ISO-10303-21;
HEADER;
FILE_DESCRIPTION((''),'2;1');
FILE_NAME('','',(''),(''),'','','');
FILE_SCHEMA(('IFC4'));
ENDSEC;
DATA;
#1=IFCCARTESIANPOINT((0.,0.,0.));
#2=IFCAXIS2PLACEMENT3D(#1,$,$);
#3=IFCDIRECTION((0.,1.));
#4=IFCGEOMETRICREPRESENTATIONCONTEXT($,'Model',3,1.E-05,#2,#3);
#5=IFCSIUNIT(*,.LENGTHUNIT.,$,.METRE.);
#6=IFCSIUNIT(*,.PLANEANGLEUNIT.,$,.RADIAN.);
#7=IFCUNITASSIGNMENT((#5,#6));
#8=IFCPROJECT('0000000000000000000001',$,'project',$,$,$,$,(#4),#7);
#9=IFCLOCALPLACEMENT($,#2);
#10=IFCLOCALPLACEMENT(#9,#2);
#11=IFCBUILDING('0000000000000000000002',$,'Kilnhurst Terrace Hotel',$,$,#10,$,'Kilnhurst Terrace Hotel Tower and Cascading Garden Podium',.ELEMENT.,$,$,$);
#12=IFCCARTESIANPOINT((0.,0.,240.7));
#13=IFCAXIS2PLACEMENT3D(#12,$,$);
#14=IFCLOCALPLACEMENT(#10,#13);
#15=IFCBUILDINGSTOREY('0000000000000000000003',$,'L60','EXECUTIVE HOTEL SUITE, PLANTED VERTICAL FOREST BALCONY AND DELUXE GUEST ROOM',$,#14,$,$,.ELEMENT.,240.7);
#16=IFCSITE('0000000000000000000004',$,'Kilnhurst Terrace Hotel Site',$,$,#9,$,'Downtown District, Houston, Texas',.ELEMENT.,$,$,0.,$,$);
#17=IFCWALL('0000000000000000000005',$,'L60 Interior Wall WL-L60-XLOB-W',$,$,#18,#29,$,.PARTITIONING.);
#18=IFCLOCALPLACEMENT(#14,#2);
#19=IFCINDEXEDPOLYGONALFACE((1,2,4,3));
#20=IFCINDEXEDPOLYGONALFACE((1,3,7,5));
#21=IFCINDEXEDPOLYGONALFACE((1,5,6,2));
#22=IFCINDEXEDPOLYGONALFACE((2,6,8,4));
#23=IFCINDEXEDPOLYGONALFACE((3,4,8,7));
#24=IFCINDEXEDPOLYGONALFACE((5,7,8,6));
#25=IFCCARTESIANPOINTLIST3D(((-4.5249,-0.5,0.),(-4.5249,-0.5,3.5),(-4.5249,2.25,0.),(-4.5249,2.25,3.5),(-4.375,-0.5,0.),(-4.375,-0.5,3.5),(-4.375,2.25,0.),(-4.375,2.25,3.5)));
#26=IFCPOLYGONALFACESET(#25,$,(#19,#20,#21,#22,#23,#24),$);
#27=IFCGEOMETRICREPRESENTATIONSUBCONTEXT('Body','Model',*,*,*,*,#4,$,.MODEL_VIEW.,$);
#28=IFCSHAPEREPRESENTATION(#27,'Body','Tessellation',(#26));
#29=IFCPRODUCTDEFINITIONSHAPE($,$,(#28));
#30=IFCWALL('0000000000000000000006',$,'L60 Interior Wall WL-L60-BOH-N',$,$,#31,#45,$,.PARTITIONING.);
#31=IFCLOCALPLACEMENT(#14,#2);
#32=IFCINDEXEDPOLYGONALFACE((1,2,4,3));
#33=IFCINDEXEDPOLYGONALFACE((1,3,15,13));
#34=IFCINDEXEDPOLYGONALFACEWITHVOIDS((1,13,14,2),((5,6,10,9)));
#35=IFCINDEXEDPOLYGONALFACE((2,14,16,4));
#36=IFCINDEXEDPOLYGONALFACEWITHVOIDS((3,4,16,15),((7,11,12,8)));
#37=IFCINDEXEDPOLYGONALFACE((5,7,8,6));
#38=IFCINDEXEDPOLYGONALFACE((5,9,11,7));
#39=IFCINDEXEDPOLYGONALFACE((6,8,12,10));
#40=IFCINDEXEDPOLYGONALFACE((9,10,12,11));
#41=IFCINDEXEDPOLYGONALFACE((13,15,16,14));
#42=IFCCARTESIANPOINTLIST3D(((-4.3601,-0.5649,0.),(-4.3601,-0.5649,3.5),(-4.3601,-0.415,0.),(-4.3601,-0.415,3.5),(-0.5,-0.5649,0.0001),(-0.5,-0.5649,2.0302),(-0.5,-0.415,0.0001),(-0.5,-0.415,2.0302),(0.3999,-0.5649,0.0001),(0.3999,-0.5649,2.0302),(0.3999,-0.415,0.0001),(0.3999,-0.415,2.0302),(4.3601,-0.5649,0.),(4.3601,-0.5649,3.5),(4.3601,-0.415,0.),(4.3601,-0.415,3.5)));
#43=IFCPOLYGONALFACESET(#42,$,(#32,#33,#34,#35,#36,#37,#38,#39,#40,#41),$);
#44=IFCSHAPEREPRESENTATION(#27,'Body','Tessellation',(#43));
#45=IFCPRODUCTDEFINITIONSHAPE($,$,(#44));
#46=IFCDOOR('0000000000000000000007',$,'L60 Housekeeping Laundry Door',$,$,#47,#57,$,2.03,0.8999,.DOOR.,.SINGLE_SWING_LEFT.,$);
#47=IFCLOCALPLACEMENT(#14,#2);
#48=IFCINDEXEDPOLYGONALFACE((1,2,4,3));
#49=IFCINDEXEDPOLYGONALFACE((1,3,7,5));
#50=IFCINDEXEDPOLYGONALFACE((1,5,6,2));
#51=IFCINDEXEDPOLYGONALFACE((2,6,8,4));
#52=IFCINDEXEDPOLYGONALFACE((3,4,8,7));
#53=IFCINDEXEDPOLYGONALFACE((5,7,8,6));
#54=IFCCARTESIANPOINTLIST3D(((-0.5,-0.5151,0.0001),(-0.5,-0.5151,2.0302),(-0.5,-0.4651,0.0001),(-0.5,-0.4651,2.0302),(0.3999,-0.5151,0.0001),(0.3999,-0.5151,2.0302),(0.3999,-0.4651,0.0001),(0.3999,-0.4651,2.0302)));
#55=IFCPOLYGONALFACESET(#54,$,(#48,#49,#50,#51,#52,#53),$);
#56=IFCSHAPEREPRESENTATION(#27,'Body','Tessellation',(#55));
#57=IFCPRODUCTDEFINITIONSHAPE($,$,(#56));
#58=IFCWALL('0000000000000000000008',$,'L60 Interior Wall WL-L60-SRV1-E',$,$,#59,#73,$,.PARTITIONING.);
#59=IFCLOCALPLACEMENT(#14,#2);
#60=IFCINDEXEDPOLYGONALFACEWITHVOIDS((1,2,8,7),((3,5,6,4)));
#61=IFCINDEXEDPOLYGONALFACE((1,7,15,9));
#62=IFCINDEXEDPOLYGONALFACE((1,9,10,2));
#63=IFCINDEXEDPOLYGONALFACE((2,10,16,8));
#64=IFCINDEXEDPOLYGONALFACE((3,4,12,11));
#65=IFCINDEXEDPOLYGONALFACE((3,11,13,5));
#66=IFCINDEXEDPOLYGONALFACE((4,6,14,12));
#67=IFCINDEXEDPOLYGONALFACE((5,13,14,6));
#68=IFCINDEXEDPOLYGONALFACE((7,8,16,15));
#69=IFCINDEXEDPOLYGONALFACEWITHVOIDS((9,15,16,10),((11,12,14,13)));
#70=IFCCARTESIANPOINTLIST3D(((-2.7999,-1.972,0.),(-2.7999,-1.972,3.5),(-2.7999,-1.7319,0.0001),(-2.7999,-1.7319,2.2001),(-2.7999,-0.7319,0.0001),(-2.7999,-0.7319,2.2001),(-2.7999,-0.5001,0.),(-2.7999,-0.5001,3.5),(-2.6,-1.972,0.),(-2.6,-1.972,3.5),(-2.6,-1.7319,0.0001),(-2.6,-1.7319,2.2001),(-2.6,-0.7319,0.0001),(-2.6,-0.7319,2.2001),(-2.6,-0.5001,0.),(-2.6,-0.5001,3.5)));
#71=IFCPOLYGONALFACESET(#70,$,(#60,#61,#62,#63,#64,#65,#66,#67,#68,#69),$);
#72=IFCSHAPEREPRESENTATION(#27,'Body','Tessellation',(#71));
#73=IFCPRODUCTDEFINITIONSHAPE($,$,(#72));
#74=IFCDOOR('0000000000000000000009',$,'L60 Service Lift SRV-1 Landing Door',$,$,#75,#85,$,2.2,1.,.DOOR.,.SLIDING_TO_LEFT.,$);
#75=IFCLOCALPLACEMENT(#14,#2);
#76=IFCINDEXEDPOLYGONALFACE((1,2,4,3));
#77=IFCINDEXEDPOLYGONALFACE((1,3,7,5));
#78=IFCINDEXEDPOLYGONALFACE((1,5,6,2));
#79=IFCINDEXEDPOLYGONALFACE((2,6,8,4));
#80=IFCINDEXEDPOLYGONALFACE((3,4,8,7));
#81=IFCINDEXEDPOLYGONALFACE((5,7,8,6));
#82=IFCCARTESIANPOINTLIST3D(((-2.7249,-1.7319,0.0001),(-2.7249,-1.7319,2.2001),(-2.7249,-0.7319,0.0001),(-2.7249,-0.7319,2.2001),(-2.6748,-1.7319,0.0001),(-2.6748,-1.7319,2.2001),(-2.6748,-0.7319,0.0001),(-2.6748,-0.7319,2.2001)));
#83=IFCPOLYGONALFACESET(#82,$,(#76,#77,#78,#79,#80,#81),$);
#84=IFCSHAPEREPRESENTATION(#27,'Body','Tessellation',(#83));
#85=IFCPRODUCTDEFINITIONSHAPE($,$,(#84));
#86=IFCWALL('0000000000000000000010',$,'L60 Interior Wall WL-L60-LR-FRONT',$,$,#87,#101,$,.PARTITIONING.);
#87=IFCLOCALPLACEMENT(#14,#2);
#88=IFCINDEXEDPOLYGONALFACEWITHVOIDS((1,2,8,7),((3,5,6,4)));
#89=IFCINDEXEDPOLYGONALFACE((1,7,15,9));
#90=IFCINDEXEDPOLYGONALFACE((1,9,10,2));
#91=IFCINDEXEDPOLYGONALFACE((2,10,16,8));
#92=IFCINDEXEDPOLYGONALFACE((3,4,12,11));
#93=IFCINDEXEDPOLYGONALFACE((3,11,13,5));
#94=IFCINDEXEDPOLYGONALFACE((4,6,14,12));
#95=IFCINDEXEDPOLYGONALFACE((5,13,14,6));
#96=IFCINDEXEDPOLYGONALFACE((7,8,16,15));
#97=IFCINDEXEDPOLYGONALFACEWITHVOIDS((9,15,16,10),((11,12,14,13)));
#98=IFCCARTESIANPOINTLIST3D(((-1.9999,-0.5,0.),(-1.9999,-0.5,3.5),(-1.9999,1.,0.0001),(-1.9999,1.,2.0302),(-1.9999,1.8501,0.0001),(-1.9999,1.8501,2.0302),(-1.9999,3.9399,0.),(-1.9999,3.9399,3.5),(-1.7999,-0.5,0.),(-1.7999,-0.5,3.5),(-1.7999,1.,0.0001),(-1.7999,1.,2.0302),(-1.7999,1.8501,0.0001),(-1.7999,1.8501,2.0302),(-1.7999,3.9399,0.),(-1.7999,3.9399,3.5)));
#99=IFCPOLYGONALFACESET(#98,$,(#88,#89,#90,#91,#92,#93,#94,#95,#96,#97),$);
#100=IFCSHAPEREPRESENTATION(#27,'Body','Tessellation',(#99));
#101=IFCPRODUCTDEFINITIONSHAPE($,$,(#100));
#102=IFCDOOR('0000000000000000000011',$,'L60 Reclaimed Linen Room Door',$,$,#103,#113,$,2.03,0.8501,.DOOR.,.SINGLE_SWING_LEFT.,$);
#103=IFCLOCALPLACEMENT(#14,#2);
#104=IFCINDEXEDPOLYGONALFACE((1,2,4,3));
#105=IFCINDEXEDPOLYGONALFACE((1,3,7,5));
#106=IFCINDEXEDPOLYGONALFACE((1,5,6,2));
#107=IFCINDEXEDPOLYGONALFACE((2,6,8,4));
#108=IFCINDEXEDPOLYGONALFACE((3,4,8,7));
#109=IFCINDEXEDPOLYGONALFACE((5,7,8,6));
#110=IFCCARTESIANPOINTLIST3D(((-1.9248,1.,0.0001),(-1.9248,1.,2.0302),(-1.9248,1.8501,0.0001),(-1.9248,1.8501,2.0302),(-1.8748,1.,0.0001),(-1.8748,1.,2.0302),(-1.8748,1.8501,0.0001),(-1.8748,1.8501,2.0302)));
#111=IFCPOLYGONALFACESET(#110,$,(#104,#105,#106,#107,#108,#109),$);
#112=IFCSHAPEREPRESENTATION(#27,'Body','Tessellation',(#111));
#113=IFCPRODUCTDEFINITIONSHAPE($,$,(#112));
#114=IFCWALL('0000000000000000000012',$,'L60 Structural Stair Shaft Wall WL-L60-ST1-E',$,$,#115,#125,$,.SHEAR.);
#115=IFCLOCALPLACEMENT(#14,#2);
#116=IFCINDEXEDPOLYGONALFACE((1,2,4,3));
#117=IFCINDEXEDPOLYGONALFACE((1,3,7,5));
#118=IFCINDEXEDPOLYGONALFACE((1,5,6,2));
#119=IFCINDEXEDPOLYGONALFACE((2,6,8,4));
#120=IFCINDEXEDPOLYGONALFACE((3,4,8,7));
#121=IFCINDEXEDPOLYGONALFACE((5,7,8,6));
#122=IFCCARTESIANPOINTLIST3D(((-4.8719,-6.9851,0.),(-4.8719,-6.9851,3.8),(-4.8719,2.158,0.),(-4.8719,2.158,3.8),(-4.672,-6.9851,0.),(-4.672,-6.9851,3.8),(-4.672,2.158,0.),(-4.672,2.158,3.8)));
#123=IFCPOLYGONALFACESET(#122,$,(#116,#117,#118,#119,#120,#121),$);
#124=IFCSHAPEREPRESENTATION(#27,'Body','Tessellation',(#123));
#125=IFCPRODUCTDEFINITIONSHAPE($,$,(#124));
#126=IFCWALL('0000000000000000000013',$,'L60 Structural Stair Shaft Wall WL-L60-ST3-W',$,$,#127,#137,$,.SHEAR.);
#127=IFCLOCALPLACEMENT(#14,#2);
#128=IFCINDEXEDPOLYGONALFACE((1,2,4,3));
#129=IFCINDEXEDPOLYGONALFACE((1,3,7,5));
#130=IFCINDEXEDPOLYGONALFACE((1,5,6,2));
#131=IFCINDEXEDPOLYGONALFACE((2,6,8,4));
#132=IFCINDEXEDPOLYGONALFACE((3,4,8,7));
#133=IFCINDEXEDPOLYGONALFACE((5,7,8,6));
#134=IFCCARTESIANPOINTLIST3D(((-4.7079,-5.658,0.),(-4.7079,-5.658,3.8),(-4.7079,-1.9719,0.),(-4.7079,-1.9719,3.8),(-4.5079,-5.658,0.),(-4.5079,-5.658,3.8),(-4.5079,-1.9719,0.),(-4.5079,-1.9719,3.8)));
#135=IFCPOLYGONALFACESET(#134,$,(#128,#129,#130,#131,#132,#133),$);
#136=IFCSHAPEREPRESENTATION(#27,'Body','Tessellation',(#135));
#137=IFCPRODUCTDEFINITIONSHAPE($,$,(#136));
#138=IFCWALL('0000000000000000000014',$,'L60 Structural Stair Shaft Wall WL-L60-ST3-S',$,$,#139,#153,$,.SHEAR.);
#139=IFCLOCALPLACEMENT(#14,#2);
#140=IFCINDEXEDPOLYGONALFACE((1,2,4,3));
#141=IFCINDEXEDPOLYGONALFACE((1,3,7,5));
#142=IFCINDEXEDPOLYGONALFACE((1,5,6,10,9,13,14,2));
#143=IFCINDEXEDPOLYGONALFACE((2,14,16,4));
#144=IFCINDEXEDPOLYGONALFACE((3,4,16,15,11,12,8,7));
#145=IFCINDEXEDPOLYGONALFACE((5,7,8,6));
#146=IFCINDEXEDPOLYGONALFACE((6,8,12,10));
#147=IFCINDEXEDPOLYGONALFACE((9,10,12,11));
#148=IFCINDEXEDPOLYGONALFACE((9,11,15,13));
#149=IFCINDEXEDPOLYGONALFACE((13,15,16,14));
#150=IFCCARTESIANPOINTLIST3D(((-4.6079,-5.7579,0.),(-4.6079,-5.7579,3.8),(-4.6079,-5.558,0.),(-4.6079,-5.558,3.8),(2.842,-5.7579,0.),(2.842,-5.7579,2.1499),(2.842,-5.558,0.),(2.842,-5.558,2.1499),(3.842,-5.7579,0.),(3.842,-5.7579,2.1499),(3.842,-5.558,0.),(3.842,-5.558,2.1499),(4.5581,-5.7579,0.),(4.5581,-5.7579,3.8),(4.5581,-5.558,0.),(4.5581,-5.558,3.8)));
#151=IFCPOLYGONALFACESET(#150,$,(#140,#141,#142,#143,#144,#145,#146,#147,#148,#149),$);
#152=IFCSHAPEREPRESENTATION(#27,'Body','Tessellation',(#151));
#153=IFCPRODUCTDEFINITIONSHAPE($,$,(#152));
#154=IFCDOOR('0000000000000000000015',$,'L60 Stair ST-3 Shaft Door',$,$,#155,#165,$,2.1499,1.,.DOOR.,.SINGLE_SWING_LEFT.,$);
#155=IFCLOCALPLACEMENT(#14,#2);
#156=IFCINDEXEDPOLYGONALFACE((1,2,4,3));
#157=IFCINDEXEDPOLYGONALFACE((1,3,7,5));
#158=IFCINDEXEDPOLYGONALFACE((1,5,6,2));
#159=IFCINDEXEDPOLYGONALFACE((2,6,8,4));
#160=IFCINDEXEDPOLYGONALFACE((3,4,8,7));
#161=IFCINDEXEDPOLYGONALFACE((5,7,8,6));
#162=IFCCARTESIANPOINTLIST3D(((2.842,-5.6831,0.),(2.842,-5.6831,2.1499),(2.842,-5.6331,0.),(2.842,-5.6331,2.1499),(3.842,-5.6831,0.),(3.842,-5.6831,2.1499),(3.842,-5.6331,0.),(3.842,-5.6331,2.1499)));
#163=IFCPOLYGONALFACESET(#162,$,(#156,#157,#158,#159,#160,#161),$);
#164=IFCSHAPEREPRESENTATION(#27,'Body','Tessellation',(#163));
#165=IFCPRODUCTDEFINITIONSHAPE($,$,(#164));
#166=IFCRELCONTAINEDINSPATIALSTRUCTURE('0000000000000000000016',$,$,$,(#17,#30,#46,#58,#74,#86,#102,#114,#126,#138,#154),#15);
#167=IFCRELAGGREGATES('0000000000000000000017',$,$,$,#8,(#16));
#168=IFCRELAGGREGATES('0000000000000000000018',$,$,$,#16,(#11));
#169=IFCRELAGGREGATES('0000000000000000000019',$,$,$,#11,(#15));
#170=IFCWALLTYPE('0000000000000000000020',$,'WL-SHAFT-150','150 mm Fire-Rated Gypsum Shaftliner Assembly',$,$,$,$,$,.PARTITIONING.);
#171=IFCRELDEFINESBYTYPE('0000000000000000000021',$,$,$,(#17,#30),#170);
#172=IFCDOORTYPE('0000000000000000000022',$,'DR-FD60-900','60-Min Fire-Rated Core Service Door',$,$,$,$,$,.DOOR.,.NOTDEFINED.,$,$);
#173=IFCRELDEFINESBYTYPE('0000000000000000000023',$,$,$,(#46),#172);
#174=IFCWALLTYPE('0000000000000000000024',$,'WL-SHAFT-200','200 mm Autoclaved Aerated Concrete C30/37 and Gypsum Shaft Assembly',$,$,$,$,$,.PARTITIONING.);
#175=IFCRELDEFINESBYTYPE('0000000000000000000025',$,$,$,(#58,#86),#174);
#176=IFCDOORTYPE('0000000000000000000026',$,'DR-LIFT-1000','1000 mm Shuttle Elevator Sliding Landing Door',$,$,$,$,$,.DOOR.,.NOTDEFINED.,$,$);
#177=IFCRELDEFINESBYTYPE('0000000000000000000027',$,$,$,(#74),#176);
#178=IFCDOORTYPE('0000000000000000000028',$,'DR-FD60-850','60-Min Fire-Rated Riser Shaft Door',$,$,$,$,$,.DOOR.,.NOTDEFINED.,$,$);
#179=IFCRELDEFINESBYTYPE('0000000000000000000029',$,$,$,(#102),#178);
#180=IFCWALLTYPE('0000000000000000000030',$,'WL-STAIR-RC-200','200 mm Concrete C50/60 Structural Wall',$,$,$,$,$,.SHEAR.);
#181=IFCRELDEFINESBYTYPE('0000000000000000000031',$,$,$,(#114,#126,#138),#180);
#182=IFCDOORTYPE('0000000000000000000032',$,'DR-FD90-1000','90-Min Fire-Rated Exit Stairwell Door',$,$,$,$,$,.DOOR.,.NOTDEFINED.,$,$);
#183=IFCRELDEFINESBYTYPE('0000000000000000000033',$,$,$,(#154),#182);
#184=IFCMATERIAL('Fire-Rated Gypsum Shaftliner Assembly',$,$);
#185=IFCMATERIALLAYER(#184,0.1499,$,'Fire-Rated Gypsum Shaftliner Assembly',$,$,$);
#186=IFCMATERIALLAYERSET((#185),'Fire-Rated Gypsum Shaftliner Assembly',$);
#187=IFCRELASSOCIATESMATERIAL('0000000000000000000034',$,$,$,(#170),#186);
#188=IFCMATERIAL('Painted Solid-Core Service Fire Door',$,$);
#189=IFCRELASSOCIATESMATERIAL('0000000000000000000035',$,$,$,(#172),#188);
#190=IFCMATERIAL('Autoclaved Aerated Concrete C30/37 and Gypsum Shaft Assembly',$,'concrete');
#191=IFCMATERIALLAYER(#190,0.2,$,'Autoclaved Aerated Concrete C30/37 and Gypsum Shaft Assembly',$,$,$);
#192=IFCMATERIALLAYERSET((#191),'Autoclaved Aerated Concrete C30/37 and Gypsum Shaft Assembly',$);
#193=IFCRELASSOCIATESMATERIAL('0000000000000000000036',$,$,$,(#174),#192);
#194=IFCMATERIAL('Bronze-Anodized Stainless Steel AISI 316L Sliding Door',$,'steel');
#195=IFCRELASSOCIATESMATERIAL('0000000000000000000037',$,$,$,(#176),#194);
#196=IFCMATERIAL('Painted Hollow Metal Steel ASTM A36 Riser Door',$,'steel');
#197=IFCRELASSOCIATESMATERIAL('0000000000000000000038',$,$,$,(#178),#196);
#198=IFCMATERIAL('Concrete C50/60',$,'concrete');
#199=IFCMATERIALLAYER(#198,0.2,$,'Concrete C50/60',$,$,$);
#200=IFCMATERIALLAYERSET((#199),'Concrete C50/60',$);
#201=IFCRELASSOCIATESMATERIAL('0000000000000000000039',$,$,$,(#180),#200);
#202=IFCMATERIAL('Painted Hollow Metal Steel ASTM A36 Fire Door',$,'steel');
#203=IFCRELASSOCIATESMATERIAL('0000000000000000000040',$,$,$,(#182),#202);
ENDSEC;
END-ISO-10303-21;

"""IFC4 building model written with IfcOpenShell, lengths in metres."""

from ifc_helpers import new_model, si_unit, direction, frame, frame_2d, origin, place, context, subcontext, project, spatial, rectangle, extrude, material, layer, layer_set, type_object, element, fill, save


model = new_model("IFC4")

# Units and contexts
model_context = context("Model", 3, precision=1e-05, world=origin(), true_north=direction((0.0, 1.0)))
body_context = subcontext(model_context, "Body", "Model", "MODEL_VIEW")
ifc_project = project(units=[si_unit("LENGTHUNIT", "METRE"), si_unit("PLANEANGLEUNIT", "RADIAN")], contexts=[model_context])

# Site, building, storey
site_placement = place(None, origin())
site = spatial("IfcSite", under=ifc_project, at=site_placement, Name="Kilnhurst Terrace Hotel Site", LongName="Downtown District, Houston, Texas", CompositionType="ELEMENT", RefElevation=0.0)
building_placement = place(site_placement, origin())
building = spatial("IfcBuilding", under=site, at=building_placement, Name="Kilnhurst Terrace Hotel", LongName="Kilnhurst Terrace Hotel Tower and Cascading Garden Podium", CompositionType="ELEMENT")
storey_placement = place(building_placement, frame((0.0, 0.0, 240.7)))
storey = spatial("IfcBuildingStorey", under=building, at=storey_placement, Name="L60", Description="EXECUTIVE HOTEL SUITE, PLANTED VERTICAL FOREST BALCONY AND DELUXE GUEST ROOM", CompositionType="ELEMENT", Elevation=240.7)

# Wall
ifc_material_1 = material(Name="Fire-Rated Gypsum Shaftliner Assembly")
ifc_layer_1 = layer(ifc_material_1, 0.1499, Name="Fire-Rated Gypsum Shaftliner Assembly")
ifc_layer_set_1 = layer_set([ifc_layer_1], Name="Fire-Rated Gypsum Shaftliner Assembly")
wall_type_1 = type_object("IfcWallType", Name="WL-SHAFT-150", Description="150 mm Fire-Rated Gypsum Shaftliner Assembly", PredefinedType="PARTITIONING", material=ifc_layer_set_1)
wall_1_placement = place(storey_placement, frame((-4.45, -0.5, 0.0), z_axis=(0.0, 0.0, 1.0), x_axis=(0.0, 1.0, 0.0)))
element("IfcWall", 1, at=wall_1_placement, inside=storey, type_object=wall_type_1, Name="L60 Interior Wall WL-L60-XLOB-W", PredefinedType="PARTITIONING", context=body_context, shape_type="SweptSolid", body=[
    extrude(rectangle(XDim=2.75, YDim=0.1499, at=frame_2d((1.375, 0.0))), origin(), (0.0, 0.0, 1.0), 3.5),
])

# Walls, openings, doors
wall_2_placement = place(storey_placement, frame((-4.3601, -0.49, 0.0), z_axis=(0.0, 0.0, 1.0), x_axis=(1.0, 0.0, 0.0)))
wall_2 = element("IfcWall", 2, at=wall_2_placement, inside=storey, type_object=wall_type_1, Name="L60 Interior Wall WL-L60-BOH-N", PredefinedType="PARTITIONING", context=body_context, shape_type="SweptSolid", body=[
    extrude(rectangle(XDim=8.7202, YDim=0.1499, at=frame_2d((4.3601, 0.0))), origin(), (0.0, 0.0, 1.0), 3.5),
])
opening_1_placement = place(wall_2_placement, frame((3.8601, 0.0, 0.0)))
opening_1 = element("IfcOpeningElement", 3, at=opening_1_placement, cuts=wall_2, PredefinedType="OPENING", context=body_context, shape_type="SweptSolid", body=[
    extrude(rectangle(XDim=0.8999, YDim=2.03, at=frame_2d((0.45, 1.0151))), frame((0.0, 0.085, 0.0), z_axis=(0.0, -1.0, 0.0), x_axis=(1.0, 0.0, 0.0)), (0.0, 0.0, 1.0), 0.1699),
])
ifc_material_2 = material(Name="Painted Solid-Core Service Fire Door")
door_type_1 = type_object("IfcDoorType", Name="DR-FD60-900", Description="60-Min Fire-Rated Core Service Door", OperationType="NOTDEFINED", PredefinedType="DOOR", material=ifc_material_2)
door_1_placement = place(opening_1_placement, origin())
door_1 = element("IfcDoor", 4, at=door_1_placement, inside=storey, type_object=door_type_1, Name="L60 Housekeeping Laundry Door", OperationType="SINGLE_SWING_LEFT", OverallHeight=2.03, OverallWidth=0.8999, PredefinedType="DOOR", context=body_context, shape_type="SweptSolid", body=[
    extrude(rectangle(XDim=0.8999, YDim=2.03, at=frame_2d((0.45, 1.0151))), frame((0.0, 0.0249, 0.0), z_axis=(0.0, -1.0, 0.0), x_axis=(1.0, 0.0, 0.0)), (0.0, 0.0, 1.0), 0.05),
])
fill(opening_1, door_1)
ifc_material_3 = material(Name="Autoclaved Aerated Concrete C30/37 and Gypsum Shaft Assembly", Category="concrete")
ifc_layer_2 = layer(ifc_material_3, 0.2, Name="Autoclaved Aerated Concrete C30/37 and Gypsum Shaft Assembly")
ifc_layer_set_2 = layer_set([ifc_layer_2], Name="Autoclaved Aerated Concrete C30/37 and Gypsum Shaft Assembly")
wall_type_2 = type_object("IfcWallType", Name="WL-SHAFT-200", Description="200 mm Autoclaved Aerated Concrete C30/37 and Gypsum Shaft Assembly", PredefinedType="PARTITIONING", material=ifc_layer_set_2)
wall_3_placement = place(storey_placement, frame((-2.7, -1.9719, 0.0), z_axis=(0.0, 0.0, 1.0), x_axis=(0.0, 1.0, 0.0)))
wall_3 = element("IfcWall", 5, at=wall_3_placement, inside=storey, type_object=wall_type_2, Name="L60 Interior Wall WL-L60-SRV1-E", PredefinedType="PARTITIONING", context=body_context, shape_type="SweptSolid", body=[
    extrude(rectangle(XDim=1.4719, YDim=0.2, at=frame_2d((0.7358, 0.0))), origin(), (0.0, 0.0, 1.0), 3.5),
])
opening_2_placement = place(wall_3_placement, frame((0.24, 0.0, 0.0)))
opening_2 = element("IfcOpeningElement", 6, at=opening_2_placement, cuts=wall_3, PredefinedType="OPENING", context=body_context, shape_type="SweptSolid", body=[
    extrude(rectangle(XDim=1.0, YDim=2.2, at=frame_2d((0.5, 1.1001))), frame((0.0, 0.1099, 0.0), z_axis=(0.0, -1.0, 0.0), x_axis=(1.0, 0.0, 0.0)), (0.0, 0.0, 1.0), 0.22),
])
ifc_material_4 = material(Name="Bronze-Anodized Stainless Steel AISI 316L Sliding Door", Category="steel")
door_type_2 = type_object("IfcDoorType", Name="DR-LIFT-1000", Description="1000 mm Shuttle Elevator Sliding Landing Door", OperationType="NOTDEFINED", PredefinedType="DOOR", material=ifc_material_4)
door_2_placement = place(opening_2_placement, origin())
door_2 = element("IfcDoor", 7, at=door_2_placement, inside=storey, type_object=door_type_2, Name="L60 Service Lift SRV-1 Landing Door", OperationType="SLIDING_TO_LEFT", OverallHeight=2.2, OverallWidth=1.0, PredefinedType="DOOR", context=body_context, shape_type="SweptSolid", body=[
    extrude(rectangle(XDim=1.0, YDim=2.2, at=frame_2d((0.5, 1.1001))), frame((0.0, 0.0249, 0.0), z_axis=(0.0, -1.0, 0.0), x_axis=(1.0, 0.0, 0.0)), (0.0, 0.0, 1.0), 0.05),
])
fill(opening_2, door_2)
wall_4_placement = place(storey_placement, frame((-1.8999, -0.5, 0.0), z_axis=(0.0, 0.0, 1.0), x_axis=(0.0, 1.0, 0.0)))
wall_4 = element("IfcWall", 8, at=wall_4_placement, inside=storey, type_object=wall_type_2, Name="L60 Interior Wall WL-L60-LR-FRONT", PredefinedType="PARTITIONING", context=body_context, shape_type="SweptSolid", body=[
    extrude(rectangle(XDim=4.4399, YDim=0.2, at=frame_2d((2.22, 0.0))), origin(), (0.0, 0.0, 1.0), 3.5),
])
opening_3_placement = place(wall_4_placement, frame((1.5, 0.0, 0.0)))
opening_3 = element("IfcOpeningElement", 9, at=opening_3_placement, cuts=wall_4, PredefinedType="OPENING", context=body_context, shape_type="SweptSolid", body=[
    extrude(rectangle(XDim=0.8501, YDim=2.03, at=frame_2d((0.425, 1.0151))), frame((0.0, 0.1099, 0.0), z_axis=(0.0, -1.0, 0.0), x_axis=(1.0, 0.0, 0.0)), (0.0, 0.0, 1.0), 0.22),
])
ifc_material_5 = material(Name="Painted Hollow Metal Steel ASTM A36 Riser Door", Category="steel")
door_type_3 = type_object("IfcDoorType", Name="DR-FD60-850", Description="60-Min Fire-Rated Riser Shaft Door", OperationType="NOTDEFINED", PredefinedType="DOOR", material=ifc_material_5)
door_3_placement = place(opening_3_placement, origin())
door_3 = element("IfcDoor", 10, at=door_3_placement, inside=storey, type_object=door_type_3, Name="L60 Reclaimed Linen Room Door", OperationType="SINGLE_SWING_LEFT", OverallHeight=2.03, OverallWidth=0.8501, PredefinedType="DOOR", context=body_context, shape_type="SweptSolid", body=[
    extrude(rectangle(XDim=0.8501, YDim=2.03, at=frame_2d((0.425, 1.0151))), frame((0.0, 0.0249, 0.0), z_axis=(0.0, -1.0, 0.0), x_axis=(1.0, 0.0, 0.0)), (0.0, 0.0, 1.0), 0.05),
])
fill(opening_3, door_3)

# Walls
ifc_material_6 = material(Name="Concrete C50/60", Category="concrete")
ifc_layer_3 = layer(ifc_material_6, 0.2, Name="Concrete C50/60")
ifc_layer_set_3 = layer_set([ifc_layer_3], Name="Concrete C50/60")
wall_type_3 = type_object("IfcWallType", Name="WL-STAIR-RC-200", Description="200 mm Concrete C50/60 Structural Wall", PredefinedType="SHEAR", material=ifc_layer_set_3)
wall_5_placement = place(storey_placement, frame((-4.772, -6.9851, 0.0), z_axis=(0.0, 0.0, 1.0), x_axis=(0.0, 1.0, 0.0)))
element("IfcWall", 11, at=wall_5_placement, inside=storey, type_object=wall_type_3, Name="L60 Structural Stair Shaft Wall WL-L60-ST1-E", PredefinedType="SHEAR", context=body_context, shape_type="SweptSolid", body=[
    extrude(rectangle(XDim=9.1431, YDim=0.2, at=frame_2d((4.5715, 0.0))), origin(), (0.0, 0.0, 1.0), 3.8),
])
wall_6_placement = place(storey_placement, frame((-4.6079, -5.658, 0.0), z_axis=(0.0, 0.0, 1.0), x_axis=(0.0, 1.0, 0.0)))
element("IfcWall", 12, at=wall_6_placement, inside=storey, type_object=wall_type_3, Name="L60 Structural Stair Shaft Wall WL-L60-ST3-W", PredefinedType="SHEAR", context=body_context, shape_type="SweptSolid", body=[
    extrude(rectangle(XDim=3.686, YDim=0.2, at=frame_2d((1.843, 0.0))), origin(), (0.0, 0.0, 1.0), 3.8),
])

# Wall, opening, door
wall_7_placement = place(storey_placement, frame((-4.6079, -5.658, 0.0), z_axis=(0.0, 0.0, 1.0), x_axis=(1.0, 0.0, 0.0)))
wall_7 = element("IfcWall", 13, at=wall_7_placement, inside=storey, type_object=wall_type_3, Name="L60 Structural Stair Shaft Wall WL-L60-ST3-S", PredefinedType="SHEAR", context=body_context, shape_type="SweptSolid", body=[
    extrude(rectangle(XDim=9.166, YDim=0.2, at=frame_2d((4.583, 0.0))), origin(), (0.0, 0.0, 1.0), 3.8),
])
opening_4_placement = place(wall_7_placement, frame((7.45, 0.0, 0.0)))
opening_4 = element("IfcOpeningElement", 14, at=opening_4_placement, cuts=wall_7, PredefinedType="OPENING", context=body_context, shape_type="SweptSolid", body=[
    extrude(rectangle(XDim=1.0, YDim=2.1499, at=frame_2d((0.5, 1.075))), frame((0.0, 0.1099, 0.0), z_axis=(0.0, -1.0, 0.0), x_axis=(1.0, 0.0, 0.0)), (0.0, 0.0, 1.0), 0.22),
])
ifc_material_7 = material(Name="Painted Hollow Metal Steel ASTM A36 Fire Door", Category="steel")
door_type_4 = type_object("IfcDoorType", Name="DR-FD90-1000", Description="90-Min Fire-Rated Exit Stairwell Door", OperationType="NOTDEFINED", PredefinedType="DOOR", material=ifc_material_7)
door_4_placement = place(opening_4_placement, origin())
door_4 = element("IfcDoor", 15, at=door_4_placement, inside=storey, type_object=door_type_4, Name="L60 Stair ST-3 Shaft Door", OperationType="SINGLE_SWING_LEFT", OverallHeight=2.1499, OverallWidth=1.0, PredefinedType="DOOR", context=body_context, shape_type="SweptSolid", body=[
    extrude(rectangle(XDim=1.0, YDim=2.1499, at=frame_2d((0.5, 1.075))), frame((0.0, 0.0249, 0.0), z_axis=(0.0, -1.0, 0.0), x_axis=(1.0, 0.0, 0.0)), (0.0, 0.0, 1.0), 0.05),
])
fill(opening_4, door_4)

save(model, "model.ifc")
